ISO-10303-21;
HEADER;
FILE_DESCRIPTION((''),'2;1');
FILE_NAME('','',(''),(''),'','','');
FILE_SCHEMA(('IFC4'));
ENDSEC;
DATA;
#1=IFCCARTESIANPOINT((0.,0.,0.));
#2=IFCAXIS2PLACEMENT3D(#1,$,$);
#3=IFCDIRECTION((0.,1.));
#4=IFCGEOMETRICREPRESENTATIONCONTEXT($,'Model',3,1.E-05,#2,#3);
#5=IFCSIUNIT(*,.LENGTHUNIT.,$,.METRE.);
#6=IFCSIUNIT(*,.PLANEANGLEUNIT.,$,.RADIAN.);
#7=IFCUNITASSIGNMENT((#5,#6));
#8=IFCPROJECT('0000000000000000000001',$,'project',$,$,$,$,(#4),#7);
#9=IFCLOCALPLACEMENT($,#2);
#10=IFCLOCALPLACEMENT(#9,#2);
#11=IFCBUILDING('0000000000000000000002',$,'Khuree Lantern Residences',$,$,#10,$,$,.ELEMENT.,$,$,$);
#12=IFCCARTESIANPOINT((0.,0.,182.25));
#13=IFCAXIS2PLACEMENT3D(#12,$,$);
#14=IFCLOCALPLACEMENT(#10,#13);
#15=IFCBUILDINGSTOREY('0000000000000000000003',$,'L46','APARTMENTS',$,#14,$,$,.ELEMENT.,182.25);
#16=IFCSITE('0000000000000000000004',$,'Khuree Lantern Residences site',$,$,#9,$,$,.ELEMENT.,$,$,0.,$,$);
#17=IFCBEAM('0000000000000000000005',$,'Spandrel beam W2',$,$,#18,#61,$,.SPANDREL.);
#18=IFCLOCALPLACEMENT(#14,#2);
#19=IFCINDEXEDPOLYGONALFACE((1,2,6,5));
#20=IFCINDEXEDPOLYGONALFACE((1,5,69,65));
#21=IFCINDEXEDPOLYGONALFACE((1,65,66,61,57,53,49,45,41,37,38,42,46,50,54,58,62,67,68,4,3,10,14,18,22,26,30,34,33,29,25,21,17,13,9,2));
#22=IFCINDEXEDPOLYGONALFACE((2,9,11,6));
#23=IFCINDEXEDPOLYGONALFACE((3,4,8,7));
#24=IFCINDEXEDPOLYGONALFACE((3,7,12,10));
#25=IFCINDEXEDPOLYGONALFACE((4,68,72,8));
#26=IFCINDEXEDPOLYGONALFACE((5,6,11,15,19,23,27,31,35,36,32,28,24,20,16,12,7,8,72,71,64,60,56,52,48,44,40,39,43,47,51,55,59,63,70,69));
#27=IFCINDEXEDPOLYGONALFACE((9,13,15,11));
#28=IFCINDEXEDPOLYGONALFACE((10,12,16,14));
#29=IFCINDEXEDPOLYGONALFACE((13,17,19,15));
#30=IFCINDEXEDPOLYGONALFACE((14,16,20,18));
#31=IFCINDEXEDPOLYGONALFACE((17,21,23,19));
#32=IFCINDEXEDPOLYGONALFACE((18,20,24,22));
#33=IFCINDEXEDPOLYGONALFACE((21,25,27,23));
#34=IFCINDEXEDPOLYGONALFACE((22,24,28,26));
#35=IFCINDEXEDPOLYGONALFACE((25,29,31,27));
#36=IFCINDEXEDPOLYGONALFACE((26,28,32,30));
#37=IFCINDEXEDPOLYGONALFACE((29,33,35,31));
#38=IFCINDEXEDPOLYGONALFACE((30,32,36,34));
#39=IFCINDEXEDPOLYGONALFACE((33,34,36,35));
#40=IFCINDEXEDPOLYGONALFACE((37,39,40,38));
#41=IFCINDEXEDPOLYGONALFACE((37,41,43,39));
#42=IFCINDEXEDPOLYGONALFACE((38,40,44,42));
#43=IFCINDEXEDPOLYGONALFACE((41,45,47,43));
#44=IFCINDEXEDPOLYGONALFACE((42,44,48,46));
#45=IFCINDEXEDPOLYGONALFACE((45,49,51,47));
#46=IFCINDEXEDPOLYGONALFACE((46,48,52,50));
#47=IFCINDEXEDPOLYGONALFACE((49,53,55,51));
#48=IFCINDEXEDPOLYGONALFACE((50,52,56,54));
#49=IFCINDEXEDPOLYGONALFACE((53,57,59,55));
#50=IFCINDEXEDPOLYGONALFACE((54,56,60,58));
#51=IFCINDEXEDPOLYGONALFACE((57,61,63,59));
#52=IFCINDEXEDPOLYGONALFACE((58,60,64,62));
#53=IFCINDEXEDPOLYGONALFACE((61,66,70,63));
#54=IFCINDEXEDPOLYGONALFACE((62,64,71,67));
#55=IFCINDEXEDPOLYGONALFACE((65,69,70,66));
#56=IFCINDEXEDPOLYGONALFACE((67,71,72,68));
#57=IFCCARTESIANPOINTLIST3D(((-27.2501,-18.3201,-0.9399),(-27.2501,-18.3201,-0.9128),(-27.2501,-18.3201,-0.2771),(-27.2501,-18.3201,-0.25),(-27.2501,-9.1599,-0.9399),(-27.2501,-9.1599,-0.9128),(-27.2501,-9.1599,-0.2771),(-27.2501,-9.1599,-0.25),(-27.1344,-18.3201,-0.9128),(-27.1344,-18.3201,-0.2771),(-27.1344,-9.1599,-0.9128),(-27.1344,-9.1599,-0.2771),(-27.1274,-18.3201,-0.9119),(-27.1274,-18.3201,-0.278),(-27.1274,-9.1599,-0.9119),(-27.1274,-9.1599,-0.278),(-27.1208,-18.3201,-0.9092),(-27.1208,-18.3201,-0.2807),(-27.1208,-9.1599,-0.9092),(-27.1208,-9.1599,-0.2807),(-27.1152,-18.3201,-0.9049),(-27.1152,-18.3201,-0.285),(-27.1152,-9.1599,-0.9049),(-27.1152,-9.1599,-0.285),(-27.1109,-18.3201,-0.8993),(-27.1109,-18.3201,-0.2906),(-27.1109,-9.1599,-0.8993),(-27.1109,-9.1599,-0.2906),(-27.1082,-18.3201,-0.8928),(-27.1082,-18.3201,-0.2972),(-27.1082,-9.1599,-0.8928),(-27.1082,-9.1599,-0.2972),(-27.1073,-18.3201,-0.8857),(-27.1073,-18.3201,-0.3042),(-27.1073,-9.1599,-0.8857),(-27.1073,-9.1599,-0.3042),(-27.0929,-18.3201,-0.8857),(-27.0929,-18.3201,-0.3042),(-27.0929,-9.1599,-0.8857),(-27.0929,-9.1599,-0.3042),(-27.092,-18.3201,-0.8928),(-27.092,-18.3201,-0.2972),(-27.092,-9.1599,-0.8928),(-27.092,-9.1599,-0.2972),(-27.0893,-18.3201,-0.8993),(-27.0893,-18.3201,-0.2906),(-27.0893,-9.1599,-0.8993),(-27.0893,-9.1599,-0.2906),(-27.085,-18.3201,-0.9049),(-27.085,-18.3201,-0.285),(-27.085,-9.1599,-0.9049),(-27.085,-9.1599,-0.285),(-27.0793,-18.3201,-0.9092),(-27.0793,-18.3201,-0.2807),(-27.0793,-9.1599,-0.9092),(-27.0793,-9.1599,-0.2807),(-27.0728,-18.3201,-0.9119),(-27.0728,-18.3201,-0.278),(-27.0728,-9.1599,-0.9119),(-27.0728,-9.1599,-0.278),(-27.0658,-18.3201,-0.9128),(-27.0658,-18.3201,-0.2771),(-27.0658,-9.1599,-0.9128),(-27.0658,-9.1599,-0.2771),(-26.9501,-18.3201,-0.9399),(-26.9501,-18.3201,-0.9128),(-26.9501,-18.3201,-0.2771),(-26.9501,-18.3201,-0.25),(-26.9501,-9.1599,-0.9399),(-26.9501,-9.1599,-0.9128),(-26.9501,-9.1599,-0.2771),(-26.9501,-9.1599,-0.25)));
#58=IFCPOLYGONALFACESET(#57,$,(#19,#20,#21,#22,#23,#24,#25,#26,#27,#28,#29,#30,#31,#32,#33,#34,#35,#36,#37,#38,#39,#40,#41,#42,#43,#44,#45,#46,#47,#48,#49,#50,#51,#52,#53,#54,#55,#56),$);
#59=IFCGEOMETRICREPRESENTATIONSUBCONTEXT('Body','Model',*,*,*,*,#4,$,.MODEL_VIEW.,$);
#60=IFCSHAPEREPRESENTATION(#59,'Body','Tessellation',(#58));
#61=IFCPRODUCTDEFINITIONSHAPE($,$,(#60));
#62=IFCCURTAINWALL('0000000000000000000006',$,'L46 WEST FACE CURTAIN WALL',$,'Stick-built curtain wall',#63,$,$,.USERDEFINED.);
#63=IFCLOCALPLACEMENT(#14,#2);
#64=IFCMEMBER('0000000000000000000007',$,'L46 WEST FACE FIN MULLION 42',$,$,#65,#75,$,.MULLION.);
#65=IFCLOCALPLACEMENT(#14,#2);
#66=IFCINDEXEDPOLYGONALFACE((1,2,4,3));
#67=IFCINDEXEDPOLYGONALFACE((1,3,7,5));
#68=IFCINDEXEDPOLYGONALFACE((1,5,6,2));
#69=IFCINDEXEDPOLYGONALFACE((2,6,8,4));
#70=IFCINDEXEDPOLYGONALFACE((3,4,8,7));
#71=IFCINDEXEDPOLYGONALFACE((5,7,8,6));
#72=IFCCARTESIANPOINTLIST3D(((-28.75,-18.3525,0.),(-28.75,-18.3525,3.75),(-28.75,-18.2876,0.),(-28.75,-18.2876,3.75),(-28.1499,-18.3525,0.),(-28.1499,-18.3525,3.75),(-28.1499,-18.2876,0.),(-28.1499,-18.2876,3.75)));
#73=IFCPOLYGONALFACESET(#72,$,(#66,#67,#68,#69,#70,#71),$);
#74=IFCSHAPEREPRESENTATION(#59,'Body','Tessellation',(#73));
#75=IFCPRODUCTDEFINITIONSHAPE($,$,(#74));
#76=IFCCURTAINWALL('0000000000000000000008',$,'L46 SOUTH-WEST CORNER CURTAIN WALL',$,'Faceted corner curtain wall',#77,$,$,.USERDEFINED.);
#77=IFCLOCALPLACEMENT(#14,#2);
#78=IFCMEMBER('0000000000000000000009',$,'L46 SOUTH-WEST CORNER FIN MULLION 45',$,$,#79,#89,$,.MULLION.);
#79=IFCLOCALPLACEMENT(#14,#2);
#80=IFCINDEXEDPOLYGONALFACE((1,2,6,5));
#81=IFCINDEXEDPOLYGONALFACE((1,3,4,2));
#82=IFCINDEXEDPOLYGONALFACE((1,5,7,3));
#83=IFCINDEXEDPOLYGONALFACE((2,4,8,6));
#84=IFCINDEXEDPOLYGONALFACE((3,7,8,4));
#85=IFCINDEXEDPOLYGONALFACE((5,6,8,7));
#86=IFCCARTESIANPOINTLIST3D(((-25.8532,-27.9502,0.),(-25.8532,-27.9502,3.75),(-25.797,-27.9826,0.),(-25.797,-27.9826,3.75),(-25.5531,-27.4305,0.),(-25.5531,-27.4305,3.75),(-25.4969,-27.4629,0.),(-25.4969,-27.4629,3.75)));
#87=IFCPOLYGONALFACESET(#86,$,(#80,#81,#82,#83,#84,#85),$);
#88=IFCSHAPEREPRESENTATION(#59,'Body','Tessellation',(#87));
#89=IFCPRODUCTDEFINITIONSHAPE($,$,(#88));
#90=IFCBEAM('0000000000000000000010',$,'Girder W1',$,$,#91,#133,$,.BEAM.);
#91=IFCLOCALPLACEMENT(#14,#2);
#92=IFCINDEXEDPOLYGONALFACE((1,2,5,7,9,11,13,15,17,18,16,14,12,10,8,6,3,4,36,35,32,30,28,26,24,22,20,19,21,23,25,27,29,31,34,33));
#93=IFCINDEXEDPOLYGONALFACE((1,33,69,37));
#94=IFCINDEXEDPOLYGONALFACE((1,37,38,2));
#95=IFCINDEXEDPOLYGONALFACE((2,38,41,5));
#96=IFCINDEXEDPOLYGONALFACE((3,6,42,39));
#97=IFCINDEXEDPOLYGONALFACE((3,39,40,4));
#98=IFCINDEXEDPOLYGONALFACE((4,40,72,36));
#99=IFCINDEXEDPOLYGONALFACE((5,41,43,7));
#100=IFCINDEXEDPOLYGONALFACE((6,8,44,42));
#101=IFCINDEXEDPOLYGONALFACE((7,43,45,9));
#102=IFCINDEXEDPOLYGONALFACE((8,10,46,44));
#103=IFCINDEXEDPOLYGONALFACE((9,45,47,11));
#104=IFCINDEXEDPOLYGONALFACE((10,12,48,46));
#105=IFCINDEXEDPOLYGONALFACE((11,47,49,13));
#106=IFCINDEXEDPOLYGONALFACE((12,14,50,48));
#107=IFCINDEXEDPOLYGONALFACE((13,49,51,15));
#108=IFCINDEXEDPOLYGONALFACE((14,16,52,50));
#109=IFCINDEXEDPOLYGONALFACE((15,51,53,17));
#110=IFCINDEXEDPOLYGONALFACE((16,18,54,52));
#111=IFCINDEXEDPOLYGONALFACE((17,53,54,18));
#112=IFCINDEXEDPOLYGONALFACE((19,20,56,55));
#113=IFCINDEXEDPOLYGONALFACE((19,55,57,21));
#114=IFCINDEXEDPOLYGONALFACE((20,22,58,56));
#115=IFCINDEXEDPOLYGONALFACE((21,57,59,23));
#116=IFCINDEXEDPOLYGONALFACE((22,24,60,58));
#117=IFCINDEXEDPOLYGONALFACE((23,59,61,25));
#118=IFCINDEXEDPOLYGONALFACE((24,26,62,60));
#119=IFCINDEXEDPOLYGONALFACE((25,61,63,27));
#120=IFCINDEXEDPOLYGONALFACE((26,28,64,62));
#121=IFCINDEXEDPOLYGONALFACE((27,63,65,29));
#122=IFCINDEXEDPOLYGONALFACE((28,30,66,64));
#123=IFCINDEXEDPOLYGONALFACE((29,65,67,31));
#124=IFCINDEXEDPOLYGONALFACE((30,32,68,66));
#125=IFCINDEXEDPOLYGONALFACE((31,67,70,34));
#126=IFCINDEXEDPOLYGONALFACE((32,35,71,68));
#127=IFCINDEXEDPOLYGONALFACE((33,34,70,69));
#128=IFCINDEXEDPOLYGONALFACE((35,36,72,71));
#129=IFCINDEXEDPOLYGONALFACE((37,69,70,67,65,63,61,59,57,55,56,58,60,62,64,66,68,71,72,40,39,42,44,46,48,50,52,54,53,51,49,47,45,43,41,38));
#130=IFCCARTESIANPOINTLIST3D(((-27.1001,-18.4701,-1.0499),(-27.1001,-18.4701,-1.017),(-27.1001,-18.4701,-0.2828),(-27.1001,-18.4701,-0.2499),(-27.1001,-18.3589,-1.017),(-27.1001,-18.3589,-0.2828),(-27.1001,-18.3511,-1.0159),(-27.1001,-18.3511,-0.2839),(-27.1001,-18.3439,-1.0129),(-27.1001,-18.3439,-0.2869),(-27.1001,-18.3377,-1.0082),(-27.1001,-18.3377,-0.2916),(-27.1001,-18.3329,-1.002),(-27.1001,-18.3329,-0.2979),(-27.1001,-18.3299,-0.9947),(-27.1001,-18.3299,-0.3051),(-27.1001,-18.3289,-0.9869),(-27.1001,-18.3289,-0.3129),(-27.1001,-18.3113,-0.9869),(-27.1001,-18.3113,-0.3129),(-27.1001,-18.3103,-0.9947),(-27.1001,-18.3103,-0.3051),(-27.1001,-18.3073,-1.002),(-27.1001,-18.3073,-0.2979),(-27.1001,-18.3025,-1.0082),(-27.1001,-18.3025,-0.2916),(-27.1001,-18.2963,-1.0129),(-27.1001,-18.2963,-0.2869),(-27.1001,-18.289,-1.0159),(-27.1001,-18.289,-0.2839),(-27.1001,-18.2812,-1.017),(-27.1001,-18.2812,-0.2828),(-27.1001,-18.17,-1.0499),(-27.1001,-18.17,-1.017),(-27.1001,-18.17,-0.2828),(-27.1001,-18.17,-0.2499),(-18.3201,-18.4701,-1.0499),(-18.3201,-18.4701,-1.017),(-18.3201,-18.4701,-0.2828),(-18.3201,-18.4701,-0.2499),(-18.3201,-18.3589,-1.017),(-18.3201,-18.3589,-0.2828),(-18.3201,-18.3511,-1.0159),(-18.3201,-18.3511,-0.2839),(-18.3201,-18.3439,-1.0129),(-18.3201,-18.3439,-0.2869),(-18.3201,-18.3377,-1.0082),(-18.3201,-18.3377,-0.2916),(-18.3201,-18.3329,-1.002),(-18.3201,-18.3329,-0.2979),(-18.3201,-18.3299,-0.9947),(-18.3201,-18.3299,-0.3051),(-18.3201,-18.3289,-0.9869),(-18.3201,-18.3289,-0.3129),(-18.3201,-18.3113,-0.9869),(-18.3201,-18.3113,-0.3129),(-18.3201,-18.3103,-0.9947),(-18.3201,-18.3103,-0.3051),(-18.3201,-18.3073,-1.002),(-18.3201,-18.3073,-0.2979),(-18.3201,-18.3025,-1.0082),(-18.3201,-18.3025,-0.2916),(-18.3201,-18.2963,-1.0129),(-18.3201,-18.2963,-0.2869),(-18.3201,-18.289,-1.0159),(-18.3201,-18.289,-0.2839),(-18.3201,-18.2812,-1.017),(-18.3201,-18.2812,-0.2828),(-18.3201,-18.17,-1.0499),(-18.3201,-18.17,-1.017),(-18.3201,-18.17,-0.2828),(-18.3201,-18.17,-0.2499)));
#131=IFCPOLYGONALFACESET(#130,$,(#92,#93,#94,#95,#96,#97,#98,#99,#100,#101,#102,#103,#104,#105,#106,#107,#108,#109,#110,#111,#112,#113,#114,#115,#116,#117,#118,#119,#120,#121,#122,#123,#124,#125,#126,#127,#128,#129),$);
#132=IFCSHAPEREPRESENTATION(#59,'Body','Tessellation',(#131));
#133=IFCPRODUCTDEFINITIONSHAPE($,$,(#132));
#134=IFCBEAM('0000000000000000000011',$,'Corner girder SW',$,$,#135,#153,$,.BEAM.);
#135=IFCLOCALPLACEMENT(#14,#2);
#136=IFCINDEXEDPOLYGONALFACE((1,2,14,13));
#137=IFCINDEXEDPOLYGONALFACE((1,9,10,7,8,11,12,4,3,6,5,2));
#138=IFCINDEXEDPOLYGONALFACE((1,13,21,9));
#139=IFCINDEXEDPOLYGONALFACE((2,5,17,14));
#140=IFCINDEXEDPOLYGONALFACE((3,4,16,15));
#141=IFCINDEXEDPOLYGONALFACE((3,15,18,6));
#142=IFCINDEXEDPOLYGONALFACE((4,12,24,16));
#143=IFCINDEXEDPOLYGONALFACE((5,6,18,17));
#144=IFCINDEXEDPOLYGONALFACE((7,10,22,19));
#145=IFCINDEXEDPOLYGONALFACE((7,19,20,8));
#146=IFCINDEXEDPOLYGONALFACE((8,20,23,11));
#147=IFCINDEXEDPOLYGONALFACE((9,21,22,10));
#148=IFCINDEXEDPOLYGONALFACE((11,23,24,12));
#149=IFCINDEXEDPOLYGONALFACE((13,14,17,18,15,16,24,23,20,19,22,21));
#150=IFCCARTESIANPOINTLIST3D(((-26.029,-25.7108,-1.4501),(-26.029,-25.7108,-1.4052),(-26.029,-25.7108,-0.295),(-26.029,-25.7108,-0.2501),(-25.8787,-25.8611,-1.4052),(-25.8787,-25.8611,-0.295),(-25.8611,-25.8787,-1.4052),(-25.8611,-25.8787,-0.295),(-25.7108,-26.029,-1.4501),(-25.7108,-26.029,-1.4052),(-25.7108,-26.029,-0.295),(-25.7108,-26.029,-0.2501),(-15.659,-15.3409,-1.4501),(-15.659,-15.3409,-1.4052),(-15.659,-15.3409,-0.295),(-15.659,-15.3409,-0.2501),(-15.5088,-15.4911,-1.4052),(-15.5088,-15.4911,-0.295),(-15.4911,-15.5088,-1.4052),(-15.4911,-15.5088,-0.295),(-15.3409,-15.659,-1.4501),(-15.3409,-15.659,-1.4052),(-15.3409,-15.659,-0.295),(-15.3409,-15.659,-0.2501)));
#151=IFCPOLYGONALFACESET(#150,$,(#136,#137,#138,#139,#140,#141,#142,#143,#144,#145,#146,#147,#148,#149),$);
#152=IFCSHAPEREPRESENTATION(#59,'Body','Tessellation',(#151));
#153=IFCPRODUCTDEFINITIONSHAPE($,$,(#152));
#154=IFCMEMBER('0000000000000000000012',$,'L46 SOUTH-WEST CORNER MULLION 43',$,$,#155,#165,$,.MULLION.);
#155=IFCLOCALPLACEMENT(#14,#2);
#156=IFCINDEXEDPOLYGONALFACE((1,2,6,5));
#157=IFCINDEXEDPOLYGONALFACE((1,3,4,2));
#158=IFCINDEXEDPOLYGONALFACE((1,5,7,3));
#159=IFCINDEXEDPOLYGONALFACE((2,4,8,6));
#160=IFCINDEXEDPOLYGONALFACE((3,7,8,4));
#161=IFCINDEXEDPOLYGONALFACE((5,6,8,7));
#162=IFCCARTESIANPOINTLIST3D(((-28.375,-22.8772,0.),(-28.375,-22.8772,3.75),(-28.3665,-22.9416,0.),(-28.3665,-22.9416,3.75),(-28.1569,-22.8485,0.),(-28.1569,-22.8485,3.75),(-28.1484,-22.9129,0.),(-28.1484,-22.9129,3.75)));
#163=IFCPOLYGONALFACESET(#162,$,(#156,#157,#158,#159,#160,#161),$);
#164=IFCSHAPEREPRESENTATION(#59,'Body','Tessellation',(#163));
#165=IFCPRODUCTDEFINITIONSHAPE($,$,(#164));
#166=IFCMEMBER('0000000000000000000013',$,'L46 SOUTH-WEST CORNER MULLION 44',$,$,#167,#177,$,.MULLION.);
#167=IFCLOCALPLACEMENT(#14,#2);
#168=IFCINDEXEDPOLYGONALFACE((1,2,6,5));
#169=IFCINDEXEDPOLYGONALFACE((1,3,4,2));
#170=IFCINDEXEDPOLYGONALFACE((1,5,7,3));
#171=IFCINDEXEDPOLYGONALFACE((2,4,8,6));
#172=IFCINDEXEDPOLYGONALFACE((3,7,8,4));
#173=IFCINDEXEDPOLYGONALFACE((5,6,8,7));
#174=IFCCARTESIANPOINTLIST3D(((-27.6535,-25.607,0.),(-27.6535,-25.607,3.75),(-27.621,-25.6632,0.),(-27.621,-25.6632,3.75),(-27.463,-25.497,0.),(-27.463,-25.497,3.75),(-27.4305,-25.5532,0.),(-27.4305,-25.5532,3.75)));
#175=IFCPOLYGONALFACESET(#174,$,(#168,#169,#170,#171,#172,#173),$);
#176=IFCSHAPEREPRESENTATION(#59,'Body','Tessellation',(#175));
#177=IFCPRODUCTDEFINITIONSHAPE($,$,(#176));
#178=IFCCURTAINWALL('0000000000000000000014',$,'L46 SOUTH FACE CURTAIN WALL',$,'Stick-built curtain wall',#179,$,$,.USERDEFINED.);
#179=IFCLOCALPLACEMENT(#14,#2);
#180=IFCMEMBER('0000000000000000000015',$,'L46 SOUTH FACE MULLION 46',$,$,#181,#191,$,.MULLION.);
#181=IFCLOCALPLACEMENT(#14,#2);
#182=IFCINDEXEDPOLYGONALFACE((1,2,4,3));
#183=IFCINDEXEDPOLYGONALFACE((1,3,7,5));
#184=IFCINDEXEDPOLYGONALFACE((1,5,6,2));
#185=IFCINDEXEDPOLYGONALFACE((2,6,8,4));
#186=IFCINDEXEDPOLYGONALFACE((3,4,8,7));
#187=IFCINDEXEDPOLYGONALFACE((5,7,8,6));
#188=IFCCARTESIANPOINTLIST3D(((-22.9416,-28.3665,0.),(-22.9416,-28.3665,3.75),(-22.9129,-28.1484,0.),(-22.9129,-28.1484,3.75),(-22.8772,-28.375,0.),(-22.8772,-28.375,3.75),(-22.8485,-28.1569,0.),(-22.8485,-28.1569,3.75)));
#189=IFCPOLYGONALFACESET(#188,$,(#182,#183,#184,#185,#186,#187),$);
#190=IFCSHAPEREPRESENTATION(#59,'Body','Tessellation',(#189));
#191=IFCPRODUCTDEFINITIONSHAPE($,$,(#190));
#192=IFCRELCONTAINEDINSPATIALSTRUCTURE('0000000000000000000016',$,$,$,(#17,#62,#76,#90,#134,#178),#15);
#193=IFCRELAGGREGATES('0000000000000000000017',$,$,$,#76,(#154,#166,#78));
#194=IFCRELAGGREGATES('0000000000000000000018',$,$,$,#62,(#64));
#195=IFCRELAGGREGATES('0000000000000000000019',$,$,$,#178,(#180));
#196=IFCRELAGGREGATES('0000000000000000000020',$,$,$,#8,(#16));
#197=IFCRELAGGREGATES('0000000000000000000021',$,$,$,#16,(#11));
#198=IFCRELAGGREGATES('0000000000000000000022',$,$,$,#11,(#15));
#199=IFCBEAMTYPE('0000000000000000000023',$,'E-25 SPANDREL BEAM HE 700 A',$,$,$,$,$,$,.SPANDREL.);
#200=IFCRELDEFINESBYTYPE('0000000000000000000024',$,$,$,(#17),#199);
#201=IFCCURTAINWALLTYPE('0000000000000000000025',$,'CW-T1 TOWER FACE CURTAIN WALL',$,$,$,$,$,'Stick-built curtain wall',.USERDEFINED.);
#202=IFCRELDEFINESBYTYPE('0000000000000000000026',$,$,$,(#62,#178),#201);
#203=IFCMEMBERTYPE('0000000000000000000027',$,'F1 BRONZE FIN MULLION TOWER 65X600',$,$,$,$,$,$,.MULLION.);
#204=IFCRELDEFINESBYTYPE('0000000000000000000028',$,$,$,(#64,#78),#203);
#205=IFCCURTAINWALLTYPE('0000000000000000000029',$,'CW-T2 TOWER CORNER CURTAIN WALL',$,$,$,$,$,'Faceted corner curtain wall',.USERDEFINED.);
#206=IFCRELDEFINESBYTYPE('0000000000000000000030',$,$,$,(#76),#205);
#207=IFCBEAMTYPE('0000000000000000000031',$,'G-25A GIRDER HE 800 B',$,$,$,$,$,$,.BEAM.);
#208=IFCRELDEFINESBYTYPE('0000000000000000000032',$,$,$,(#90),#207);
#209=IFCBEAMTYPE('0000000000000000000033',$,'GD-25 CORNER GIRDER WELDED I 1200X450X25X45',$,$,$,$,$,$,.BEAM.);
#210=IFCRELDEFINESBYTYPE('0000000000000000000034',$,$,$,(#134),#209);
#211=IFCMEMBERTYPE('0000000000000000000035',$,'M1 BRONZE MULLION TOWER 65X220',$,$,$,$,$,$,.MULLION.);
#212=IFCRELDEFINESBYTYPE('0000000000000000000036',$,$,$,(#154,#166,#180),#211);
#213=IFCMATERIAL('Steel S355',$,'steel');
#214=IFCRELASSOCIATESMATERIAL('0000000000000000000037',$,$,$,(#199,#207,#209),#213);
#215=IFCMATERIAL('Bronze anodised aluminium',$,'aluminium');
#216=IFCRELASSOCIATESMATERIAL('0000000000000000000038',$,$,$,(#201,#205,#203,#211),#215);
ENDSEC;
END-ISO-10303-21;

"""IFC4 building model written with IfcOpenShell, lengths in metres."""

from ifc_helpers import new_model, si_unit, direction, frame, origin, origin_2d, place, context, subcontext, project, spatial, rectangle, i_section, extrude, material, material_profile, profile_set, type_object, element, aggregate, save


model = new_model("IFC4")

# Units and contexts
model_context = context("Model", 3, precision=1e-05, world=origin(), true_north=direction((0.0, 1.0)))
body_context = subcontext(model_context, "Body", "Model", "MODEL_VIEW")
ifc_project = project(units=[si_unit("LENGTHUNIT", "METRE"), si_unit("PLANEANGLEUNIT", "RADIAN")], contexts=[model_context])

# Site, building, storey
site_placement = place(None, origin())
site = spatial("IfcSite", under=ifc_project, at=site_placement, Name="Khuree Lantern Residences site", CompositionType="ELEMENT", RefElevation=0.0)
building_placement = place(site_placement, origin())
building = spatial("IfcBuilding", under=site, at=building_placement, Name="Khuree Lantern Residences", CompositionType="ELEMENT")
storey_placement = place(building_placement, frame((0.0, 0.0, 182.25)))
storey = spatial("IfcBuildingStorey", under=building, at=storey_placement, Name="L46", Description="APARTMENTS", CompositionType="ELEMENT", Elevation=182.25)

# Beam
ifc_material_1 = material(Name="Steel S355", Category="steel")
ifc_material_profile_1 = material_profile(ifc_material_1, i_section(OverallWidth=0.3, OverallDepth=0.6899, WebThickness=0.0144, FlangeThickness=0.0271, FilletRadius=0.0271, at=origin_2d()), Name="HE 700 A")
ifc_profile_set_1 = profile_set([ifc_material_profile_1], Name="Steel S355")
beam_type_1 = type_object("IfcBeamType", Name="E-25 SPANDREL BEAM HE 700 A", PredefinedType="SPANDREL", material=ifc_profile_set_1)
beam_1_placement = place(storey_placement, frame((-27.1001, -18.3201, -0.595), z_axis=(0.0, 1.0, 0.0), x_axis=(-1.0, 0.0, 0.0)))
element("IfcBeam", 1, at=beam_1_placement, inside=storey, type_object=beam_type_1, Name="Spandrel beam W2", PredefinedType="SPANDREL", context=body_context, shape_type="SweptSolid", body=[
    extrude(i_section(OverallWidth=0.3, OverallDepth=0.6899, WebThickness=0.0144, FlangeThickness=0.0271, FilletRadius=0.0271, at=origin_2d()), origin(), (0.0, 0.0, 1.0), 9.1602),
])

# Curtain walls, members
ifc_material_2 = material(Name="Bronze anodised aluminium", Category="aluminium")
curtain_wall_type_1 = type_object("IfcCurtainWallType", Name="CW-T1 TOWER FACE CURTAIN WALL", ElementType="Stick-built curtain wall", PredefinedType="USERDEFINED", material=ifc_material_2)
curtain_wall_1_placement = place(storey_placement, origin())
curtain_wall_1 = element("IfcCurtainWall", 2, at=curtain_wall_1_placement, inside=storey, type_object=curtain_wall_type_1, Name="L46 WEST FACE CURTAIN WALL", ObjectType="Stick-built curtain wall", PredefinedType="USERDEFINED")
ifc_material_profile_2 = material_profile(ifc_material_2, rectangle(XDim=0.0649, YDim=0.6001, at=origin_2d()), Name="F1 65X600")
ifc_profile_set_2 = profile_set([ifc_material_profile_2], Name="Bronze anodised aluminium")
member_type_1 = type_object("IfcMemberType", Name="F1 BRONZE FIN MULLION TOWER 65X600", PredefinedType="MULLION", material=ifc_profile_set_2)
member_1_placement = place(storey_placement, frame((-28.45, -18.3201, 0.0), z_axis=(0.0, 0.0, 1.0), x_axis=(0.0, -1.0, 0.0)))
member_1 = element("IfcMember", 3, at=member_1_placement, type_object=member_type_1, Name="L46 WEST FACE FIN MULLION 42", PredefinedType="MULLION", context=body_context, shape_type="SweptSolid", body=[
    extrude(rectangle(XDim=0.0649, YDim=0.6001, at=origin_2d()), origin(), (0.0, 0.0, 1.0), 3.75),
])
curtain_wall_type_2 = type_object("IfcCurtainWallType", Name="CW-T2 TOWER CORNER CURTAIN WALL", ElementType="Faceted corner curtain wall", PredefinedType="USERDEFINED", material=ifc_material_2)
curtain_wall_2_placement = place(storey_placement, origin())
curtain_wall_2 = element("IfcCurtainWall", 4, at=curtain_wall_2_placement, inside=storey, type_object=curtain_wall_type_2, Name="L46 SOUTH-WEST CORNER CURTAIN WALL", ObjectType="Faceted corner curtain wall", PredefinedType="USERDEFINED")
member_2_placement = place(storey_placement, frame((-25.675, -27.7065, 0.0), z_axis=(0.0, 0.0, 1.0), x_axis=(0.866025, -0.5, 0.0)))
member_2 = element("IfcMember", 5, at=member_2_placement, type_object=member_type_1, Name="L46 SOUTH-WEST CORNER FIN MULLION 45", PredefinedType="MULLION", context=body_context, shape_type="SweptSolid", body=[
    extrude(rectangle(XDim=0.0649, YDim=0.6001, at=origin_2d()), origin(), (0.0, 0.0, 1.0), 3.75),
])

# Beams
ifc_material_profile_3 = material_profile(ifc_material_1, i_section(OverallWidth=0.3, OverallDepth=0.8, WebThickness=0.0176, FlangeThickness=0.033, FilletRadius=0.03, at=origin_2d()), Name="HE 800 B")
ifc_profile_set_3 = profile_set([ifc_material_profile_3], Name="Steel S355")
beam_type_2 = type_object("IfcBeamType", Name="G-25A GIRDER HE 800 B", PredefinedType="BEAM", material=ifc_profile_set_3)
beam_2_placement = place(storey_placement, frame((-27.1001, -18.3201, -0.6499), z_axis=(1.0, 0.0, 0.0), x_axis=(0.0, 1.0, 0.0)))
element("IfcBeam", 6, at=beam_2_placement, inside=storey, type_object=beam_type_2, Name="Girder W1", PredefinedType="BEAM", context=body_context, shape_type="SweptSolid", body=[
    extrude(i_section(OverallWidth=0.3, OverallDepth=0.8, WebThickness=0.0176, FlangeThickness=0.033, FilletRadius=0.03, at=origin_2d()), origin(), (0.0, 0.0, 1.0), 8.78),
])
ifc_material_profile_4 = material_profile(ifc_material_1, i_section(OverallWidth=0.45, OverallDepth=1.2, WebThickness=0.0249, FlangeThickness=0.0449, at=origin_2d()), Name="WELDED I 1200X450X25X45")
ifc_profile_set_4 = profile_set([ifc_material_profile_4], Name="Steel S355")
beam_type_3 = type_object("IfcBeamType", Name="GD-25 CORNER GIRDER WELDED I 1200X450X25X45", PredefinedType="BEAM", material=ifc_profile_set_4)
beam_3_placement = place(storey_placement, frame((-25.8699, -25.8699, -0.8501), z_axis=(0.707107, 0.707107, 0.0), x_axis=(-0.707107, 0.707107, 0.0)))
element("IfcBeam", 7, at=beam_3_placement, inside=storey, type_object=beam_type_3, Name="Corner girder SW", PredefinedType="BEAM", context=body_context, shape_type="SweptSolid", body=[
    extrude(i_section(OverallWidth=0.45, OverallDepth=1.2, WebThickness=0.0249, FlangeThickness=0.0449, at=origin_2d()), origin(), (0.0, 0.0, 1.0), 14.6653),
])

# Members
ifc_material_profile_5 = material_profile(ifc_material_2, rectangle(XDim=0.0649, YDim=0.22, at=origin_2d()), Name="M1 65X220")
ifc_profile_set_5 = profile_set([ifc_material_profile_5], Name="Bronze anodised aluminium")
member_type_2 = type_object("IfcMemberType", Name="M1 BRONZE MULLION TOWER 65X220", PredefinedType="MULLION", material=ifc_profile_set_5)
member_3_placement = place(storey_placement, frame((-28.2617, -22.895, 0.0), z_axis=(0.0, 0.0, 1.0), x_axis=(0.130526, -0.991445, 0.0)))
member_3 = element("IfcMember", 8, at=member_3_placement, type_object=member_type_2, Name="L46 SOUTH-WEST CORNER MULLION 43", PredefinedType="MULLION", context=body_context, shape_type="SweptSolid", body=[
    extrude(rectangle(XDim=0.0649, YDim=0.22, at=origin_2d()), origin(), (0.0, 0.0, 1.0), 3.75),
])
member_4_placement = place(storey_placement, frame((-27.542, -25.5801, 0.0), z_axis=(0.0, 0.0, 1.0), x_axis=(0.5, -0.866025, 0.0)))
member_4 = element("IfcMember", 9, at=member_4_placement, type_object=member_type_2, Name="L46 SOUTH-WEST CORNER MULLION 44", PredefinedType="MULLION", context=body_context, shape_type="SweptSolid", body=[
    extrude(rectangle(XDim=0.0649, YDim=0.22, at=origin_2d()), origin(), (0.0, 0.0, 1.0), 3.75),
])

# Curtain wall, member
curtain_wall_3_placement = place(storey_placement, origin())
curtain_wall_3 = element("IfcCurtainWall", 10, at=curtain_wall_3_placement, inside=storey, type_object=curtain_wall_type_1, Name="L46 SOUTH FACE CURTAIN WALL", ObjectType="Stick-built curtain wall", PredefinedType="USERDEFINED")
member_5_placement = place(storey_placement, frame((-22.895, -28.2617, 0.0), z_axis=(0.0, 0.0, 1.0), x_axis=(0.991445, -0.130526, 0.0)))
member_5 = element("IfcMember", 11, at=member_5_placement, type_object=member_type_2, Name="L46 SOUTH FACE MULLION 46", PredefinedType="MULLION", context=body_context, shape_type="SweptSolid", body=[
    extrude(rectangle(XDim=0.0649, YDim=0.22, at=origin_2d()), origin(), (0.0, 0.0, 1.0), 3.75),
])

aggregate(curtain_wall_2, [member_3, member_4, member_2])
aggregate(curtain_wall_1, [member_1])
aggregate(curtain_wall_3, [member_5])

save(model, "model.ifc")
